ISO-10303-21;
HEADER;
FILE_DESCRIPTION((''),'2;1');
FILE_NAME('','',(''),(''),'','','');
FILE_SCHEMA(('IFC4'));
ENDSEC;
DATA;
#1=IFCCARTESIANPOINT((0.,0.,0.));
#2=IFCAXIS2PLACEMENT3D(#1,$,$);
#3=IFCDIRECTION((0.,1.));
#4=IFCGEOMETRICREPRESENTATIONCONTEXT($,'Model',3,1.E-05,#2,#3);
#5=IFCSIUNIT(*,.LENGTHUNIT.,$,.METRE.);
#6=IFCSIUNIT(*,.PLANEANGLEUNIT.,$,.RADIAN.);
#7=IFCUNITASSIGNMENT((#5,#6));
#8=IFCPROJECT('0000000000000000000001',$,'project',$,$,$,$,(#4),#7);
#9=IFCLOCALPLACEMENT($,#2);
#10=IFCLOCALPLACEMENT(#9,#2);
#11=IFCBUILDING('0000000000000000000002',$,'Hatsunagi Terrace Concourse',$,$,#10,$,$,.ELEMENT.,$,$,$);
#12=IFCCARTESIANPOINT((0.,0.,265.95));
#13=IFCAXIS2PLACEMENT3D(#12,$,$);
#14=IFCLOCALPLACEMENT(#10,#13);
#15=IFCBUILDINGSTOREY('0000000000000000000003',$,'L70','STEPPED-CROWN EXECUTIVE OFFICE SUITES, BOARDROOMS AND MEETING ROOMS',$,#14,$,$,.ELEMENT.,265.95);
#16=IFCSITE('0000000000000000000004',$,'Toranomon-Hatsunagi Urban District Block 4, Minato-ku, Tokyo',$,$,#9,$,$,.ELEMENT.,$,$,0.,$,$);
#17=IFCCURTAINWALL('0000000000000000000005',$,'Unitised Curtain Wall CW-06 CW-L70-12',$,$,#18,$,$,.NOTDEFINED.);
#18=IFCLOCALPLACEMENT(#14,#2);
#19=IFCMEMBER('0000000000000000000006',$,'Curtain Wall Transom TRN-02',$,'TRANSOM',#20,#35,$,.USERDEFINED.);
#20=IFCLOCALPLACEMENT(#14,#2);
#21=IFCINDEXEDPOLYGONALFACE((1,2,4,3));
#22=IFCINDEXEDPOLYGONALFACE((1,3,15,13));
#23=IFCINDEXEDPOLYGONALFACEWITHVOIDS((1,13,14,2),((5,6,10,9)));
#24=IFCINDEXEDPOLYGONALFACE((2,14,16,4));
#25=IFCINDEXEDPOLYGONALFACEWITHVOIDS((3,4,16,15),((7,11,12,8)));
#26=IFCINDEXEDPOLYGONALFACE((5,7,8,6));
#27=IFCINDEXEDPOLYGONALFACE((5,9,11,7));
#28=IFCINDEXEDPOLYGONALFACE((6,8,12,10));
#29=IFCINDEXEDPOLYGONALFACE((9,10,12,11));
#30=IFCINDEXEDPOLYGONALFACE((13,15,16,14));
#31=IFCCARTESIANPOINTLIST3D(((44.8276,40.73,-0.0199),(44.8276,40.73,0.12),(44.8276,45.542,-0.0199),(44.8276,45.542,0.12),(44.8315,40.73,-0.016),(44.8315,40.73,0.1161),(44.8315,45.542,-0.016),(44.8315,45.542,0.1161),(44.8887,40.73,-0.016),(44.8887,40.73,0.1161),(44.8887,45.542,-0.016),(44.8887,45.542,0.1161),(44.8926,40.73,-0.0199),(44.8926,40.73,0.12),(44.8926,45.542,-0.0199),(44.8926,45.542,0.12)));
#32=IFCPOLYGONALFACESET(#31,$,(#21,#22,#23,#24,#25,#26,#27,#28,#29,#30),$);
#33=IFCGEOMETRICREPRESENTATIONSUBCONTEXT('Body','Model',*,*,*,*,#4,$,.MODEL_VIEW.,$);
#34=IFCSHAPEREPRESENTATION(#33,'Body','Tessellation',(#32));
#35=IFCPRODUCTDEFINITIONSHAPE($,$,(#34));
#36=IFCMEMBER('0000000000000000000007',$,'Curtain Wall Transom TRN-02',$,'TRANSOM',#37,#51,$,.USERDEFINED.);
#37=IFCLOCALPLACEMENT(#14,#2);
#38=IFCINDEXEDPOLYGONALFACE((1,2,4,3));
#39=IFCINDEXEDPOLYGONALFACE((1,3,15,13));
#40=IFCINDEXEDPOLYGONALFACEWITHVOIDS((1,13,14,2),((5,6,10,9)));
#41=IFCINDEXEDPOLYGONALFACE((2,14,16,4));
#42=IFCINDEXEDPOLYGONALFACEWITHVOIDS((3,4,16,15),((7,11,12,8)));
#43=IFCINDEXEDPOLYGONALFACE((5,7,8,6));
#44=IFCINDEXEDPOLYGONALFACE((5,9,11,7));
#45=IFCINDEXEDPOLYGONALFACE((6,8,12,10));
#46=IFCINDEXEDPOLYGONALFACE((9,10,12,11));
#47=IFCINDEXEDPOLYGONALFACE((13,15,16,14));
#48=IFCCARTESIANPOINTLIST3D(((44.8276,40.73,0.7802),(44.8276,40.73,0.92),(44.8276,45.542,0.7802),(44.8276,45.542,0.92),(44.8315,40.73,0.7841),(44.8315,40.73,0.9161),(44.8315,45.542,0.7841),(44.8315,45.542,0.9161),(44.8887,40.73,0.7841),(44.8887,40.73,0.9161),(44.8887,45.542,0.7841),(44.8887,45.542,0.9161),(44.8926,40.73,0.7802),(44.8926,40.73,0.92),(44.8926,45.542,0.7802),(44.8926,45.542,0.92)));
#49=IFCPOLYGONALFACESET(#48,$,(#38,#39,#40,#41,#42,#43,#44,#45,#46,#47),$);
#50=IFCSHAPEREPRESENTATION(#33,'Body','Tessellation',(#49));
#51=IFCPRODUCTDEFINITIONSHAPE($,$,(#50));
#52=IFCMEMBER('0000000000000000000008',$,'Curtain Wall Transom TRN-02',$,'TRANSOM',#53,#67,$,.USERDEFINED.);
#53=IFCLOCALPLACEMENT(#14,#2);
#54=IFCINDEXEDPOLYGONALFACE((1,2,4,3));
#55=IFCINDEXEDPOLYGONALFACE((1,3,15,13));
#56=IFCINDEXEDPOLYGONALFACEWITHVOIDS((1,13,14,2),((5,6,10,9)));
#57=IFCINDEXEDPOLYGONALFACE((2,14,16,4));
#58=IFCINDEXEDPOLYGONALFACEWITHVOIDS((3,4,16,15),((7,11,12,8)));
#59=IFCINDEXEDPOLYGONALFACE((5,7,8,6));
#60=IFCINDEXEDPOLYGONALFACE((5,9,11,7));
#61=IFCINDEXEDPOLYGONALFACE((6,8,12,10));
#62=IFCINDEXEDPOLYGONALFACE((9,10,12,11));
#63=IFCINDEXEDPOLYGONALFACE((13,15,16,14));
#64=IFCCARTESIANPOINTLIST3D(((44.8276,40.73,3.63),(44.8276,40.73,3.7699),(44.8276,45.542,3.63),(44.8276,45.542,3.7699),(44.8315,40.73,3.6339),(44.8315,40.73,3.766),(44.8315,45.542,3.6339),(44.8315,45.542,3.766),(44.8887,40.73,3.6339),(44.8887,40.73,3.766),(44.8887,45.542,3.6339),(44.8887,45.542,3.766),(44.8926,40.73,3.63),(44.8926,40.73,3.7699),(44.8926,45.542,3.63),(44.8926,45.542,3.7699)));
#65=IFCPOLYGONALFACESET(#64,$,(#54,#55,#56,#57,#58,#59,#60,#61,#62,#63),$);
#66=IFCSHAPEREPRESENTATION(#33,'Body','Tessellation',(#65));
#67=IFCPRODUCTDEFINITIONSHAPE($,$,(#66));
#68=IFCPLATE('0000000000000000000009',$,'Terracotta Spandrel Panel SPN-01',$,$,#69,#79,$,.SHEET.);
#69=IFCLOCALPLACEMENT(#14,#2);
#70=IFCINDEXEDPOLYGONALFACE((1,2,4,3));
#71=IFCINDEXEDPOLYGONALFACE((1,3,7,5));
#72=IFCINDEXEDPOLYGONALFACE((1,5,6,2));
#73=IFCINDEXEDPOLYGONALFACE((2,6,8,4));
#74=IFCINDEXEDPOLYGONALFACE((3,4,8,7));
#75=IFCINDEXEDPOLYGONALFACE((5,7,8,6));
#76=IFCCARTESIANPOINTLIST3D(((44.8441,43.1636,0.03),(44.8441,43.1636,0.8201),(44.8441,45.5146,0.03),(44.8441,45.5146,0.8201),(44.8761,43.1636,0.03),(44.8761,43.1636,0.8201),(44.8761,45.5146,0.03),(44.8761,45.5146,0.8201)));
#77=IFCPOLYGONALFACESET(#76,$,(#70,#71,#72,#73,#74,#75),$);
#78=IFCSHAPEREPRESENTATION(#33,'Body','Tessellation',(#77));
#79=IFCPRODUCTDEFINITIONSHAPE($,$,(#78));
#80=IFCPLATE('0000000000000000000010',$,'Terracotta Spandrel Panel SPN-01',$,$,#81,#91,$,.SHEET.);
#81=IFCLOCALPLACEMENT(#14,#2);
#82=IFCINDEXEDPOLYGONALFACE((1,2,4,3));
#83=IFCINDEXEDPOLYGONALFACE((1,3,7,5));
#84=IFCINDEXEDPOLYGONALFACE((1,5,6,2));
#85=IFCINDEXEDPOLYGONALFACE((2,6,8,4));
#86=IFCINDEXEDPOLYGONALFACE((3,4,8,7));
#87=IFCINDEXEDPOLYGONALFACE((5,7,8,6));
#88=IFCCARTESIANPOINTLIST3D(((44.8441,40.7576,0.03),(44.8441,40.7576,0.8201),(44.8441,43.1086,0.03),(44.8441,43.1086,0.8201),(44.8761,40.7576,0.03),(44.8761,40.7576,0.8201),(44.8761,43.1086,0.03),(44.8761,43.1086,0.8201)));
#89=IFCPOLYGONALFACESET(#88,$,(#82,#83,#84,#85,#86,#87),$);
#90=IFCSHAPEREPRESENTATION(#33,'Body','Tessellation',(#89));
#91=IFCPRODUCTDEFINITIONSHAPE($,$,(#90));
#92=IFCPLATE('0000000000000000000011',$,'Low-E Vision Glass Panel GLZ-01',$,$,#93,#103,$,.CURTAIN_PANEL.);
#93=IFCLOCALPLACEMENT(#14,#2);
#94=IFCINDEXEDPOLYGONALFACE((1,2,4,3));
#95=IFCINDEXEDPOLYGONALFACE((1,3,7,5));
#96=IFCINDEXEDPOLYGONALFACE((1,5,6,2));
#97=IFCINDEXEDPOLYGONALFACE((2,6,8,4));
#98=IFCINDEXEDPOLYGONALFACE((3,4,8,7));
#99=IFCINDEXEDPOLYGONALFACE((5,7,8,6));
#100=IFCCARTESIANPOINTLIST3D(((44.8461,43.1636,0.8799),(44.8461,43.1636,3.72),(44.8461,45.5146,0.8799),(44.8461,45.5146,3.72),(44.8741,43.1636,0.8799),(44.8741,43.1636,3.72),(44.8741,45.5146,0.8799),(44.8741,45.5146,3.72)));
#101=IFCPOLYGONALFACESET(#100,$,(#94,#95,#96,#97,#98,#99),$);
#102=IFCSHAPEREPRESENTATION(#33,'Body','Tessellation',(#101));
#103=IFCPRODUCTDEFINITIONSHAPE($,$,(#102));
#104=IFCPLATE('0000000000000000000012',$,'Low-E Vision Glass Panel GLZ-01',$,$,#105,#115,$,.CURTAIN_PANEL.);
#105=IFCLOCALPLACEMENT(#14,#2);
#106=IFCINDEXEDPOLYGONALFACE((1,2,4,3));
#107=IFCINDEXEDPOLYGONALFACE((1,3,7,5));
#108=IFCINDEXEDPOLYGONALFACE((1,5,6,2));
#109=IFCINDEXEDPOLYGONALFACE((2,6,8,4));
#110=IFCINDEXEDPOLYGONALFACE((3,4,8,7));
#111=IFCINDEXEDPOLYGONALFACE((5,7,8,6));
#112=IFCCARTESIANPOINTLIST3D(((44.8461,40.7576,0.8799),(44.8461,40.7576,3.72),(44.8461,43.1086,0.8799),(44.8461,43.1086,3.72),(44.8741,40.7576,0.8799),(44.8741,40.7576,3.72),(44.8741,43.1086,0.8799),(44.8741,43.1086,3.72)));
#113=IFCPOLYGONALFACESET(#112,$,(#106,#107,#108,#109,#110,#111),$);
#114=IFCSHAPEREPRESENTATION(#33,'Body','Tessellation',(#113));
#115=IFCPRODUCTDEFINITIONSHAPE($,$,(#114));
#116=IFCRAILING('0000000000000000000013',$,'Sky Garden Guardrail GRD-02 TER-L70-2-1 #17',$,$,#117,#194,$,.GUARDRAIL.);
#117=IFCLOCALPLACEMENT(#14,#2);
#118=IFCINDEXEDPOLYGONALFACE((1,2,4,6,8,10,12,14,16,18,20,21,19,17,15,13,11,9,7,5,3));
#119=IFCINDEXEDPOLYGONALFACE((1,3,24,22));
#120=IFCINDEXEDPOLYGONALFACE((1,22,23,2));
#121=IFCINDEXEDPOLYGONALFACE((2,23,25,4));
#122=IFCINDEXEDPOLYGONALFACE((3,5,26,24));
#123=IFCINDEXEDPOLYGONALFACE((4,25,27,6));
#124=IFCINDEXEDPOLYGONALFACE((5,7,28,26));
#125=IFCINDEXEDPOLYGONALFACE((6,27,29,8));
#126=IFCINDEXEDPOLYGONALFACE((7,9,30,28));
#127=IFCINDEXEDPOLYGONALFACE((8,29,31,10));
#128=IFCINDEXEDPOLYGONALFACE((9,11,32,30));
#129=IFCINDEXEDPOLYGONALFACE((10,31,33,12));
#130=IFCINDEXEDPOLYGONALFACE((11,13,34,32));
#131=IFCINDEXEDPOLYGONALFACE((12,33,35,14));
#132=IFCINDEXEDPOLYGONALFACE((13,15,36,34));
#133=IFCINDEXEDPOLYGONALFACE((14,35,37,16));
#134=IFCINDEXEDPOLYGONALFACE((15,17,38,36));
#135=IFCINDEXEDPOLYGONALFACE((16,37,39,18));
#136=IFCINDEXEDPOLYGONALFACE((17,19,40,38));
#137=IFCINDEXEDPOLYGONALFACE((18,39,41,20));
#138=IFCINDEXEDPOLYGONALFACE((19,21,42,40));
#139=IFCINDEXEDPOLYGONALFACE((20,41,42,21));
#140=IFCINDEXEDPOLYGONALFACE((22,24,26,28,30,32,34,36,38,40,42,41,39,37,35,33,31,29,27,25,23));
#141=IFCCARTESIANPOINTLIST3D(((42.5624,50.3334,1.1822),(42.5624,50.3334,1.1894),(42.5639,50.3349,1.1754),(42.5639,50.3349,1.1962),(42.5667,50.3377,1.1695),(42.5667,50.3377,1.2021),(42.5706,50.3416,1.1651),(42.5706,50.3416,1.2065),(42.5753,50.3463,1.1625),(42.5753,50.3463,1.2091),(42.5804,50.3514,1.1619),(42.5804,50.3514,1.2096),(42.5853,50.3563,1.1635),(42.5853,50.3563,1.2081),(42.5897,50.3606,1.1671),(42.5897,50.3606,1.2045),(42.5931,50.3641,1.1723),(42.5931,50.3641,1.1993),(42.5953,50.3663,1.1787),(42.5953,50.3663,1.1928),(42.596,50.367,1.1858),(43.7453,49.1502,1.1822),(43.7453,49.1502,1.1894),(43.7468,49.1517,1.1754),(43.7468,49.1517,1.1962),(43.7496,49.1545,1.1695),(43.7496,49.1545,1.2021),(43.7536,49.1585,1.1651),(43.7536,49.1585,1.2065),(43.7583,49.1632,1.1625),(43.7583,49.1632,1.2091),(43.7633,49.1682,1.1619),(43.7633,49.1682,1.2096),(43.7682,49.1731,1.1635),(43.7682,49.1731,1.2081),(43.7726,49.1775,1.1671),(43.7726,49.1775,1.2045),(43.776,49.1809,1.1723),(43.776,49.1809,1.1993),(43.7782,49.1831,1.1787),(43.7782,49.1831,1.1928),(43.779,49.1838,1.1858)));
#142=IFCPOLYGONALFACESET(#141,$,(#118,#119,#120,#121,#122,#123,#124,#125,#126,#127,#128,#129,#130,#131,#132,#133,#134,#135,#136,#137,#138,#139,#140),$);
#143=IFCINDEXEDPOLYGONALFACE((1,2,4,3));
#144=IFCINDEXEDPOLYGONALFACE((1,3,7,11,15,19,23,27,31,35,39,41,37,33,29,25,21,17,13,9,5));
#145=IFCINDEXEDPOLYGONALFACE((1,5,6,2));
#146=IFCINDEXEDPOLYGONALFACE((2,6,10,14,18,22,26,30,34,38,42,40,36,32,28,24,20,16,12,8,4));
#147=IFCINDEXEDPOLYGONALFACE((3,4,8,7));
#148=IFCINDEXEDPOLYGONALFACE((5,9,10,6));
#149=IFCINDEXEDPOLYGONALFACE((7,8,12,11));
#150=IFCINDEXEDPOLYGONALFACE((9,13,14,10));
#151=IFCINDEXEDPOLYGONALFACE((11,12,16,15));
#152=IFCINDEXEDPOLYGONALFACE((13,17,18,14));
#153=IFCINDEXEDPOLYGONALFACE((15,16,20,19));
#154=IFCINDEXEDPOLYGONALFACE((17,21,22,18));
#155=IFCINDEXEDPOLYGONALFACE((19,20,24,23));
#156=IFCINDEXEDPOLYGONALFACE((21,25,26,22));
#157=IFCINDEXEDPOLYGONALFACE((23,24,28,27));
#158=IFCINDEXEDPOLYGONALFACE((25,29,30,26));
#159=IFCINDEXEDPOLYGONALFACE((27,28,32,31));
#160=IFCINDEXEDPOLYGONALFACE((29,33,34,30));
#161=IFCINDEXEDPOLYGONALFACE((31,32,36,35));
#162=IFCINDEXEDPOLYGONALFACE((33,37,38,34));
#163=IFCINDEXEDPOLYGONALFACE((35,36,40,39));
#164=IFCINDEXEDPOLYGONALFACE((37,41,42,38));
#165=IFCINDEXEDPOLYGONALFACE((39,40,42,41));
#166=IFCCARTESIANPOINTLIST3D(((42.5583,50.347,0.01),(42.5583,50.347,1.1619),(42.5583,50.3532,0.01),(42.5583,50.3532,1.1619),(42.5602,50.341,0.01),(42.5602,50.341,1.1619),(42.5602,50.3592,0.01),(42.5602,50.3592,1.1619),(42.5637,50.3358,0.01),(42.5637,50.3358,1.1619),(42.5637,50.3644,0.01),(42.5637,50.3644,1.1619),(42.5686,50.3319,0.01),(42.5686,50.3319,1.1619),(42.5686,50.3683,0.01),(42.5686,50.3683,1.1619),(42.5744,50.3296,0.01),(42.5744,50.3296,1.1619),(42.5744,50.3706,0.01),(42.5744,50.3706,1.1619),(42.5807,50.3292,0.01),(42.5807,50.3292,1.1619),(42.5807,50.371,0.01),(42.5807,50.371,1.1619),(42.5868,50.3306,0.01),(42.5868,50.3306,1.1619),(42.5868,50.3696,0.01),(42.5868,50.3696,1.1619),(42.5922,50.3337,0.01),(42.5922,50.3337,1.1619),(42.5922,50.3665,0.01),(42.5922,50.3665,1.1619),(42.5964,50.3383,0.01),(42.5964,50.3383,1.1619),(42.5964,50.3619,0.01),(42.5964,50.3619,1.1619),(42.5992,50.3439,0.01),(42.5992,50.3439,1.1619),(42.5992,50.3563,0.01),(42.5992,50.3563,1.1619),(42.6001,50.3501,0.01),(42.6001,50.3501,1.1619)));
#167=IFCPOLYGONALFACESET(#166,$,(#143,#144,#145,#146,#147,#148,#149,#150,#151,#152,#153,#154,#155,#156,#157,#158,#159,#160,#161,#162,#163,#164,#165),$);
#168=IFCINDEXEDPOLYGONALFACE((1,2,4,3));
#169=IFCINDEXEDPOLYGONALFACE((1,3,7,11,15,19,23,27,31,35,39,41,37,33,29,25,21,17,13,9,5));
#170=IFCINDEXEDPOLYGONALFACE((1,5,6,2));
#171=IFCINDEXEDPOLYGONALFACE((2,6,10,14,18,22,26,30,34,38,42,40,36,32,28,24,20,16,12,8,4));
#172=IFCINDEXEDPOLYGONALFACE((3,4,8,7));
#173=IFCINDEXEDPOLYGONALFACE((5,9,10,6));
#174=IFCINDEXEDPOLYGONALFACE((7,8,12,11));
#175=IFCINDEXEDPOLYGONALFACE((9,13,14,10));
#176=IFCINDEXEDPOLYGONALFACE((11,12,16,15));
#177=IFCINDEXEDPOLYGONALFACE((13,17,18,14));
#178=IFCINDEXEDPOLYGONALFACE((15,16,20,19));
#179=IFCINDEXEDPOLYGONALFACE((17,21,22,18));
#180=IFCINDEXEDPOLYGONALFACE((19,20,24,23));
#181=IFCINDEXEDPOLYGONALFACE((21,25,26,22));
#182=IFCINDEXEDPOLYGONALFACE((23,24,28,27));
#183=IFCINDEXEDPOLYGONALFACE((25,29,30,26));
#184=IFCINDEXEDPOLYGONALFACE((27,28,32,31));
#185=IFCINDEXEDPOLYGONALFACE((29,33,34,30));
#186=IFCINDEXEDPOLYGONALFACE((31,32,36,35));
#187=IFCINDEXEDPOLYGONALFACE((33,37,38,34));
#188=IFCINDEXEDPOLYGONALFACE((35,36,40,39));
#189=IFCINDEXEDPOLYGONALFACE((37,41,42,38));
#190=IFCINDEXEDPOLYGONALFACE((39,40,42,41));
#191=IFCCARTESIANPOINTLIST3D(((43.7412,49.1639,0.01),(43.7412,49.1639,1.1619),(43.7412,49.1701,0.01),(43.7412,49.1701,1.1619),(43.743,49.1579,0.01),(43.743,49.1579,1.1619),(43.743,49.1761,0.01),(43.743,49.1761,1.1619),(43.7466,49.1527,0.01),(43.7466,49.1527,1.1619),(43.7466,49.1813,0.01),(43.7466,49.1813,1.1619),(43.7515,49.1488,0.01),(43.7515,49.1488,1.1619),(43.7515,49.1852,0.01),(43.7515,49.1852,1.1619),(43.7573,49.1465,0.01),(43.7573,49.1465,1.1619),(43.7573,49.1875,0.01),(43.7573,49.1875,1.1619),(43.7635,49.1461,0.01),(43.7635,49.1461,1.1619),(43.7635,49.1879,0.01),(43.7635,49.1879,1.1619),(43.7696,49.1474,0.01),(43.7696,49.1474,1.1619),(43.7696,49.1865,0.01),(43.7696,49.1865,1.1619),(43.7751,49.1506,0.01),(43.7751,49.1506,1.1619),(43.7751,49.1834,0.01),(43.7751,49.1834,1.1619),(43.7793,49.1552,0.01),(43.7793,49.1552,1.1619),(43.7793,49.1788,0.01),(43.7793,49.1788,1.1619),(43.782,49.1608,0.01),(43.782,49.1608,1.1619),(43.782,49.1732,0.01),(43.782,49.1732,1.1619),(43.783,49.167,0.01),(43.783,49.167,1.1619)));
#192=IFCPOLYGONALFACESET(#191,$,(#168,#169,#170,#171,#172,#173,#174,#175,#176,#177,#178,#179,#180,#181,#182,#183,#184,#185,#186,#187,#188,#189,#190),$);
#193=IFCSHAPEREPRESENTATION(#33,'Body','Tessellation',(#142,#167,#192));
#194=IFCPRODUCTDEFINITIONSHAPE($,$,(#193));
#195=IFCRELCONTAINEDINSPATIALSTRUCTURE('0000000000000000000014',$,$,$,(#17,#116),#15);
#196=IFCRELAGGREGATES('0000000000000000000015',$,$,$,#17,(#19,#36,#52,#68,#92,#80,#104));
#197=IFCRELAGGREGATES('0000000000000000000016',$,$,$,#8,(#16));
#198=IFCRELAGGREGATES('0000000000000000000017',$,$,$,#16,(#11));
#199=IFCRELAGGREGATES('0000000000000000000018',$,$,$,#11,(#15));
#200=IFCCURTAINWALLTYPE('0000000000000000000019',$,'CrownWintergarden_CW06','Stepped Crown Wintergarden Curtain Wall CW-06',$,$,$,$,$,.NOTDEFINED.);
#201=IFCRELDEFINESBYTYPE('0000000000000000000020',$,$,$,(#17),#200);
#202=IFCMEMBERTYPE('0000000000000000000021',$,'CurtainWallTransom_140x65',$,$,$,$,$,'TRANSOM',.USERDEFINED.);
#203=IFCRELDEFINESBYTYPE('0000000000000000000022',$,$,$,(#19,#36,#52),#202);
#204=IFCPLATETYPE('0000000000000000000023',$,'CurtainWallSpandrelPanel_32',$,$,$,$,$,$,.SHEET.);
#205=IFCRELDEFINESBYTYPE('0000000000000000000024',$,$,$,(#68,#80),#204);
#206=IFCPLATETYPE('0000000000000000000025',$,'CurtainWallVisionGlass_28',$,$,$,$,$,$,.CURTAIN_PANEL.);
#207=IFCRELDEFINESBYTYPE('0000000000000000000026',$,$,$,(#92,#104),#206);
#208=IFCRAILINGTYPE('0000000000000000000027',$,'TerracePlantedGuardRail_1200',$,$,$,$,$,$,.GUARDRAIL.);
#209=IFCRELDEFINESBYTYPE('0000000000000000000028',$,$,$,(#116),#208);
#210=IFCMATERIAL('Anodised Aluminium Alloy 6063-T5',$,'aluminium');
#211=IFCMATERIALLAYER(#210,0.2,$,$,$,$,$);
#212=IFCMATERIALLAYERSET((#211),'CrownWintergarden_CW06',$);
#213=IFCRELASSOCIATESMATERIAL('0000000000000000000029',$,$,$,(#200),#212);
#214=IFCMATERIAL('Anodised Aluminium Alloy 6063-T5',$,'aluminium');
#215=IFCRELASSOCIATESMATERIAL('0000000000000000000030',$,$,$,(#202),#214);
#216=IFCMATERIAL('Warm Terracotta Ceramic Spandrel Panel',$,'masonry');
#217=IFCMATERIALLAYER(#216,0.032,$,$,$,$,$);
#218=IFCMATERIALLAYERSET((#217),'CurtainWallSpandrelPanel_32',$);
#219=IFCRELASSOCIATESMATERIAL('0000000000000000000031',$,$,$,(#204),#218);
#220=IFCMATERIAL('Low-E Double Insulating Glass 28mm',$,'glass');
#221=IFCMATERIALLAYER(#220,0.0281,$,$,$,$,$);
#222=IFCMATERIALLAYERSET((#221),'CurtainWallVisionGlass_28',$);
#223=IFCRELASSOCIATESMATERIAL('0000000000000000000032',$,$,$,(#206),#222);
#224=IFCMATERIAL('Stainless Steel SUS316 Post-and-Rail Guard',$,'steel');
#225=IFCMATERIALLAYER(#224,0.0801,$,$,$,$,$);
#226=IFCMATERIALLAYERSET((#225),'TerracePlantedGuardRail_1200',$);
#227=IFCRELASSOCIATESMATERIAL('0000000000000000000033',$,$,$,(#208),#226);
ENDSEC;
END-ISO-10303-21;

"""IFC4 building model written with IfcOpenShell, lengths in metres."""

from ifc_helpers import new_model, si_unit, direction, frame, origin, origin_2d, place, context, subcontext, project, spatial, rectangle, hollow_rectangle, circle, extrude, material, layer, layer_set, material_profile, profile_set, type_object, element, aggregate, save


model = new_model("IFC4")

# Units and contexts
model_context = context("Model", 3, precision=1e-05, world=origin(), true_north=direction((0.0, 1.0)))
body_context = subcontext(model_context, "Body", "Model", "MODEL_VIEW")
ifc_project = project(units=[si_unit("LENGTHUNIT", "METRE"), si_unit("PLANEANGLEUNIT", "RADIAN")], contexts=[model_context])

# Site, building, storey
site_placement = place(None, origin())
site = spatial("IfcSite", under=ifc_project, at=site_placement, Name="Toranomon-Hatsunagi Urban District Block 4, Minato-ku, Tokyo", CompositionType="ELEMENT", RefElevation=0.0)
building_placement = place(site_placement, origin())
building = spatial("IfcBuilding", under=site, at=building_placement, Name="Hatsunagi Terrace Concourse", CompositionType="ELEMENT")
storey_placement = place(building_placement, frame((0.0, 0.0, 265.95)))
storey = spatial("IfcBuildingStorey", under=building, at=storey_placement, Name="L70", Description="STEPPED-CROWN EXECUTIVE OFFICE SUITES, BOARDROOMS AND MEETING ROOMS", CompositionType="ELEMENT", Elevation=265.95)

# Shared definitions
ifc_material_1 = material(Name="Anodised Aluminium Alloy 6063-T5", Category="aluminium")
ifc_layer_1 = layer(ifc_material_1, 0.2)
ifc_layer_set_1 = layer_set([ifc_layer_1], Name="CrownWintergarden_CW06")
curtain_wall_type = type_object("IfcCurtainWallType", Name="CrownWintergarden_CW06", Description="Stepped Crown Wintergarden Curtain Wall CW-06", PredefinedType="NOTDEFINED", material=ifc_layer_set_1)

# Curtain wall
curtain_wall_1_placement = place(storey_placement, origin())
curtain_wall_1 = element("IfcCurtainWall", 1, at=curtain_wall_1_placement, inside=storey, type_object=curtain_wall_type, Name="Unitised Curtain Wall CW-06 CW-L70-12", PredefinedType="NOTDEFINED")

# Members
ifc_material_2 = material(Name="Anodised Aluminium Alloy 6063-T5", Category="aluminium")
ifc_material_profile_1 = material_profile(ifc_material_2, hollow_rectangle(XDim=0.0649, YDim=0.1399, WallThickness=0.0039, at=origin_2d()), Name="ALU-TRN-140x65x4")
ifc_profile_set_1 = profile_set([ifc_material_profile_1], Name="Anodised Aluminium Alloy 6063-T5")
member_type_1 = type_object("IfcMemberType", Name="CurtainWallTransom_140x65", ElementType="TRANSOM", PredefinedType="USERDEFINED", material=ifc_profile_set_1)
member_1_placement = place(storey_placement, frame((44.8601, 45.542, 0.05), z_axis=(0.0, -1.0, 0.0), x_axis=(1.0, 0.0, 0.0)))
member_1 = element("IfcMember", 2, at=member_1_placement, type_object=member_type_1, Name="Curtain Wall Transom TRN-02", ObjectType="TRANSOM", PredefinedType="USERDEFINED", context=body_context, shape_type="SweptSolid", body=[
    extrude(hollow_rectangle(XDim=0.0649, YDim=0.1399, WallThickness=0.0039, at=origin_2d()), origin(), (0.0, 0.0, 1.0), 4.812),
])
member_2_placement = place(storey_placement, frame((44.8601, 45.542, 0.8501), z_axis=(0.0, -1.0, 0.0), x_axis=(1.0, 0.0, 0.0)))
member_2 = element("IfcMember", 3, at=member_2_placement, type_object=member_type_1, Name="Curtain Wall Transom TRN-02", ObjectType="TRANSOM", PredefinedType="USERDEFINED", context=body_context, shape_type="SweptSolid", body=[
    extrude(hollow_rectangle(XDim=0.0649, YDim=0.1399, WallThickness=0.0039, at=origin_2d()), origin(), (0.0, 0.0, 1.0), 4.812),
])
member_3_placement = place(storey_placement, frame((44.8601, 45.542, 3.7), z_axis=(0.0, -1.0, 0.0), x_axis=(1.0, 0.0, 0.0)))
member_3 = element("IfcMember", 4, at=member_3_placement, type_object=member_type_1, Name="Curtain Wall Transom TRN-02", ObjectType="TRANSOM", PredefinedType="USERDEFINED", context=body_context, shape_type="SweptSolid", body=[
    extrude(hollow_rectangle(XDim=0.0649, YDim=0.1399, WallThickness=0.0039, at=origin_2d()), origin(), (0.0, 0.0, 1.0), 4.812),
])

# Plates
ifc_material_3 = material(Name="Warm Terracotta Ceramic Spandrel Panel", Category="masonry")
ifc_layer_2 = layer(ifc_material_3, 0.032)
ifc_layer_set_2 = layer_set([ifc_layer_2], Name="CurtainWallSpandrelPanel_32")
plate_type_1 = type_object("IfcPlateType", Name="CurtainWallSpandrelPanel_32", PredefinedType="SHEET", material=ifc_layer_set_2)
plate_1_placement = place(storey_placement, frame((44.8601, 44.3391, 0.03), z_axis=(0.0, 0.0, 1.0), x_axis=(0.0, -1.0, 0.0)))
plate_1 = element("IfcPlate", 5, at=plate_1_placement, type_object=plate_type_1, Name="Terracotta Spandrel Panel SPN-01", PredefinedType="SHEET", context=body_context, shape_type="SweptSolid", body=[
    extrude(rectangle(XDim=2.3511, YDim=0.032, at=origin_2d()), origin(), (0.0, 0.0, 1.0), 0.79),
])
plate_2_placement = place(storey_placement, frame((44.8601, 41.9331, 0.03), z_axis=(0.0, 0.0, 1.0), x_axis=(0.0, -1.0, 0.0)))
plate_2 = element("IfcPlate", 6, at=plate_2_placement, type_object=plate_type_1, Name="Terracotta Spandrel Panel SPN-01", PredefinedType="SHEET", context=body_context, shape_type="SweptSolid", body=[
    extrude(rectangle(XDim=2.3511, YDim=0.032, at=origin_2d()), origin(), (0.0, 0.0, 1.0), 0.79),
])
ifc_material_4 = material(Name="Low-E Double Insulating Glass 28mm", Category="glass")
ifc_layer_3 = layer(ifc_material_4, 0.0281)
ifc_layer_set_3 = layer_set([ifc_layer_3], Name="CurtainWallVisionGlass_28")
plate_type_2 = type_object("IfcPlateType", Name="CurtainWallVisionGlass_28", PredefinedType="CURTAIN_PANEL", material=ifc_layer_set_3)
plate_3_placement = place(storey_placement, frame((44.8601, 44.3391, 0.8799), z_axis=(0.0, 0.0, 1.0), x_axis=(0.0, -1.0, 0.0)))
plate_3 = element("IfcPlate", 7, at=plate_3_placement, type_object=plate_type_2, Name="Low-E Vision Glass Panel GLZ-01", PredefinedType="CURTAIN_PANEL", context=body_context, shape_type="SweptSolid", body=[
    extrude(rectangle(XDim=2.3511, YDim=0.0281, at=origin_2d()), origin(), (0.0, 0.0, 1.0), 2.8401),
])
plate_4_placement = place(storey_placement, frame((44.8601, 41.9331, 0.8799), z_axis=(0.0, 0.0, 1.0), x_axis=(0.0, -1.0, 0.0)))
plate_4 = element("IfcPlate", 8, at=plate_4_placement, type_object=plate_type_2, Name="Low-E Vision Glass Panel GLZ-01", PredefinedType="CURTAIN_PANEL", context=body_context, shape_type="SweptSolid", body=[
    extrude(rectangle(XDim=2.3511, YDim=0.0281, at=origin_2d()), origin(), (0.0, 0.0, 1.0), 2.8401),
])
aggregate(curtain_wall_1, [member_1, member_2, member_3, plate_1, plate_3, plate_2, plate_4])

# Railing
ifc_material_5 = material(Name="Stainless Steel SUS316 Post-and-Rail Guard", Category="steel")
ifc_layer_4 = layer(ifc_material_5, 0.0801)
ifc_layer_set_4 = layer_set([ifc_layer_4], Name="TerracePlantedGuardRail_1200")
railing_type = type_object("IfcRailingType", Name="TerracePlantedGuardRail_1200", PredefinedType="GUARDRAIL", material=ifc_layer_set_4)
for number, where, name in (
    (9, (42.5791, 50.3501, 0.01), "Sky Garden Guardrail GRD-02 TER-L70-2-1 #17"),
):
    element("IfcRailing", number, at=place(storey_placement, frame(where)), inside=storey, type_object=railing_type, Name=name, PredefinedType="GUARDRAIL", context=body_context, shape_type="SweptSolid", body=[
        extrude(circle(Radius=0.0239, at=origin_2d()), frame((0.0, 0.0, 1.1758), z_axis=(0.707034, -0.70718, 0.0), x_axis=(0.70718, 0.707034, 0.0)), (0.0, 0.0, 1.0), 1.6731),
        extrude(circle(Radius=0.021, at=origin_2d()), origin(), (0.0, 0.0, 1.0), 1.1519),
        extrude(circle(Radius=0.021, at=origin_2d()), frame((1.1829, -1.1831, 0.0)), (0.0, 0.0, 1.0), 1.1519),
    ])

save(model, "model.ifc")
